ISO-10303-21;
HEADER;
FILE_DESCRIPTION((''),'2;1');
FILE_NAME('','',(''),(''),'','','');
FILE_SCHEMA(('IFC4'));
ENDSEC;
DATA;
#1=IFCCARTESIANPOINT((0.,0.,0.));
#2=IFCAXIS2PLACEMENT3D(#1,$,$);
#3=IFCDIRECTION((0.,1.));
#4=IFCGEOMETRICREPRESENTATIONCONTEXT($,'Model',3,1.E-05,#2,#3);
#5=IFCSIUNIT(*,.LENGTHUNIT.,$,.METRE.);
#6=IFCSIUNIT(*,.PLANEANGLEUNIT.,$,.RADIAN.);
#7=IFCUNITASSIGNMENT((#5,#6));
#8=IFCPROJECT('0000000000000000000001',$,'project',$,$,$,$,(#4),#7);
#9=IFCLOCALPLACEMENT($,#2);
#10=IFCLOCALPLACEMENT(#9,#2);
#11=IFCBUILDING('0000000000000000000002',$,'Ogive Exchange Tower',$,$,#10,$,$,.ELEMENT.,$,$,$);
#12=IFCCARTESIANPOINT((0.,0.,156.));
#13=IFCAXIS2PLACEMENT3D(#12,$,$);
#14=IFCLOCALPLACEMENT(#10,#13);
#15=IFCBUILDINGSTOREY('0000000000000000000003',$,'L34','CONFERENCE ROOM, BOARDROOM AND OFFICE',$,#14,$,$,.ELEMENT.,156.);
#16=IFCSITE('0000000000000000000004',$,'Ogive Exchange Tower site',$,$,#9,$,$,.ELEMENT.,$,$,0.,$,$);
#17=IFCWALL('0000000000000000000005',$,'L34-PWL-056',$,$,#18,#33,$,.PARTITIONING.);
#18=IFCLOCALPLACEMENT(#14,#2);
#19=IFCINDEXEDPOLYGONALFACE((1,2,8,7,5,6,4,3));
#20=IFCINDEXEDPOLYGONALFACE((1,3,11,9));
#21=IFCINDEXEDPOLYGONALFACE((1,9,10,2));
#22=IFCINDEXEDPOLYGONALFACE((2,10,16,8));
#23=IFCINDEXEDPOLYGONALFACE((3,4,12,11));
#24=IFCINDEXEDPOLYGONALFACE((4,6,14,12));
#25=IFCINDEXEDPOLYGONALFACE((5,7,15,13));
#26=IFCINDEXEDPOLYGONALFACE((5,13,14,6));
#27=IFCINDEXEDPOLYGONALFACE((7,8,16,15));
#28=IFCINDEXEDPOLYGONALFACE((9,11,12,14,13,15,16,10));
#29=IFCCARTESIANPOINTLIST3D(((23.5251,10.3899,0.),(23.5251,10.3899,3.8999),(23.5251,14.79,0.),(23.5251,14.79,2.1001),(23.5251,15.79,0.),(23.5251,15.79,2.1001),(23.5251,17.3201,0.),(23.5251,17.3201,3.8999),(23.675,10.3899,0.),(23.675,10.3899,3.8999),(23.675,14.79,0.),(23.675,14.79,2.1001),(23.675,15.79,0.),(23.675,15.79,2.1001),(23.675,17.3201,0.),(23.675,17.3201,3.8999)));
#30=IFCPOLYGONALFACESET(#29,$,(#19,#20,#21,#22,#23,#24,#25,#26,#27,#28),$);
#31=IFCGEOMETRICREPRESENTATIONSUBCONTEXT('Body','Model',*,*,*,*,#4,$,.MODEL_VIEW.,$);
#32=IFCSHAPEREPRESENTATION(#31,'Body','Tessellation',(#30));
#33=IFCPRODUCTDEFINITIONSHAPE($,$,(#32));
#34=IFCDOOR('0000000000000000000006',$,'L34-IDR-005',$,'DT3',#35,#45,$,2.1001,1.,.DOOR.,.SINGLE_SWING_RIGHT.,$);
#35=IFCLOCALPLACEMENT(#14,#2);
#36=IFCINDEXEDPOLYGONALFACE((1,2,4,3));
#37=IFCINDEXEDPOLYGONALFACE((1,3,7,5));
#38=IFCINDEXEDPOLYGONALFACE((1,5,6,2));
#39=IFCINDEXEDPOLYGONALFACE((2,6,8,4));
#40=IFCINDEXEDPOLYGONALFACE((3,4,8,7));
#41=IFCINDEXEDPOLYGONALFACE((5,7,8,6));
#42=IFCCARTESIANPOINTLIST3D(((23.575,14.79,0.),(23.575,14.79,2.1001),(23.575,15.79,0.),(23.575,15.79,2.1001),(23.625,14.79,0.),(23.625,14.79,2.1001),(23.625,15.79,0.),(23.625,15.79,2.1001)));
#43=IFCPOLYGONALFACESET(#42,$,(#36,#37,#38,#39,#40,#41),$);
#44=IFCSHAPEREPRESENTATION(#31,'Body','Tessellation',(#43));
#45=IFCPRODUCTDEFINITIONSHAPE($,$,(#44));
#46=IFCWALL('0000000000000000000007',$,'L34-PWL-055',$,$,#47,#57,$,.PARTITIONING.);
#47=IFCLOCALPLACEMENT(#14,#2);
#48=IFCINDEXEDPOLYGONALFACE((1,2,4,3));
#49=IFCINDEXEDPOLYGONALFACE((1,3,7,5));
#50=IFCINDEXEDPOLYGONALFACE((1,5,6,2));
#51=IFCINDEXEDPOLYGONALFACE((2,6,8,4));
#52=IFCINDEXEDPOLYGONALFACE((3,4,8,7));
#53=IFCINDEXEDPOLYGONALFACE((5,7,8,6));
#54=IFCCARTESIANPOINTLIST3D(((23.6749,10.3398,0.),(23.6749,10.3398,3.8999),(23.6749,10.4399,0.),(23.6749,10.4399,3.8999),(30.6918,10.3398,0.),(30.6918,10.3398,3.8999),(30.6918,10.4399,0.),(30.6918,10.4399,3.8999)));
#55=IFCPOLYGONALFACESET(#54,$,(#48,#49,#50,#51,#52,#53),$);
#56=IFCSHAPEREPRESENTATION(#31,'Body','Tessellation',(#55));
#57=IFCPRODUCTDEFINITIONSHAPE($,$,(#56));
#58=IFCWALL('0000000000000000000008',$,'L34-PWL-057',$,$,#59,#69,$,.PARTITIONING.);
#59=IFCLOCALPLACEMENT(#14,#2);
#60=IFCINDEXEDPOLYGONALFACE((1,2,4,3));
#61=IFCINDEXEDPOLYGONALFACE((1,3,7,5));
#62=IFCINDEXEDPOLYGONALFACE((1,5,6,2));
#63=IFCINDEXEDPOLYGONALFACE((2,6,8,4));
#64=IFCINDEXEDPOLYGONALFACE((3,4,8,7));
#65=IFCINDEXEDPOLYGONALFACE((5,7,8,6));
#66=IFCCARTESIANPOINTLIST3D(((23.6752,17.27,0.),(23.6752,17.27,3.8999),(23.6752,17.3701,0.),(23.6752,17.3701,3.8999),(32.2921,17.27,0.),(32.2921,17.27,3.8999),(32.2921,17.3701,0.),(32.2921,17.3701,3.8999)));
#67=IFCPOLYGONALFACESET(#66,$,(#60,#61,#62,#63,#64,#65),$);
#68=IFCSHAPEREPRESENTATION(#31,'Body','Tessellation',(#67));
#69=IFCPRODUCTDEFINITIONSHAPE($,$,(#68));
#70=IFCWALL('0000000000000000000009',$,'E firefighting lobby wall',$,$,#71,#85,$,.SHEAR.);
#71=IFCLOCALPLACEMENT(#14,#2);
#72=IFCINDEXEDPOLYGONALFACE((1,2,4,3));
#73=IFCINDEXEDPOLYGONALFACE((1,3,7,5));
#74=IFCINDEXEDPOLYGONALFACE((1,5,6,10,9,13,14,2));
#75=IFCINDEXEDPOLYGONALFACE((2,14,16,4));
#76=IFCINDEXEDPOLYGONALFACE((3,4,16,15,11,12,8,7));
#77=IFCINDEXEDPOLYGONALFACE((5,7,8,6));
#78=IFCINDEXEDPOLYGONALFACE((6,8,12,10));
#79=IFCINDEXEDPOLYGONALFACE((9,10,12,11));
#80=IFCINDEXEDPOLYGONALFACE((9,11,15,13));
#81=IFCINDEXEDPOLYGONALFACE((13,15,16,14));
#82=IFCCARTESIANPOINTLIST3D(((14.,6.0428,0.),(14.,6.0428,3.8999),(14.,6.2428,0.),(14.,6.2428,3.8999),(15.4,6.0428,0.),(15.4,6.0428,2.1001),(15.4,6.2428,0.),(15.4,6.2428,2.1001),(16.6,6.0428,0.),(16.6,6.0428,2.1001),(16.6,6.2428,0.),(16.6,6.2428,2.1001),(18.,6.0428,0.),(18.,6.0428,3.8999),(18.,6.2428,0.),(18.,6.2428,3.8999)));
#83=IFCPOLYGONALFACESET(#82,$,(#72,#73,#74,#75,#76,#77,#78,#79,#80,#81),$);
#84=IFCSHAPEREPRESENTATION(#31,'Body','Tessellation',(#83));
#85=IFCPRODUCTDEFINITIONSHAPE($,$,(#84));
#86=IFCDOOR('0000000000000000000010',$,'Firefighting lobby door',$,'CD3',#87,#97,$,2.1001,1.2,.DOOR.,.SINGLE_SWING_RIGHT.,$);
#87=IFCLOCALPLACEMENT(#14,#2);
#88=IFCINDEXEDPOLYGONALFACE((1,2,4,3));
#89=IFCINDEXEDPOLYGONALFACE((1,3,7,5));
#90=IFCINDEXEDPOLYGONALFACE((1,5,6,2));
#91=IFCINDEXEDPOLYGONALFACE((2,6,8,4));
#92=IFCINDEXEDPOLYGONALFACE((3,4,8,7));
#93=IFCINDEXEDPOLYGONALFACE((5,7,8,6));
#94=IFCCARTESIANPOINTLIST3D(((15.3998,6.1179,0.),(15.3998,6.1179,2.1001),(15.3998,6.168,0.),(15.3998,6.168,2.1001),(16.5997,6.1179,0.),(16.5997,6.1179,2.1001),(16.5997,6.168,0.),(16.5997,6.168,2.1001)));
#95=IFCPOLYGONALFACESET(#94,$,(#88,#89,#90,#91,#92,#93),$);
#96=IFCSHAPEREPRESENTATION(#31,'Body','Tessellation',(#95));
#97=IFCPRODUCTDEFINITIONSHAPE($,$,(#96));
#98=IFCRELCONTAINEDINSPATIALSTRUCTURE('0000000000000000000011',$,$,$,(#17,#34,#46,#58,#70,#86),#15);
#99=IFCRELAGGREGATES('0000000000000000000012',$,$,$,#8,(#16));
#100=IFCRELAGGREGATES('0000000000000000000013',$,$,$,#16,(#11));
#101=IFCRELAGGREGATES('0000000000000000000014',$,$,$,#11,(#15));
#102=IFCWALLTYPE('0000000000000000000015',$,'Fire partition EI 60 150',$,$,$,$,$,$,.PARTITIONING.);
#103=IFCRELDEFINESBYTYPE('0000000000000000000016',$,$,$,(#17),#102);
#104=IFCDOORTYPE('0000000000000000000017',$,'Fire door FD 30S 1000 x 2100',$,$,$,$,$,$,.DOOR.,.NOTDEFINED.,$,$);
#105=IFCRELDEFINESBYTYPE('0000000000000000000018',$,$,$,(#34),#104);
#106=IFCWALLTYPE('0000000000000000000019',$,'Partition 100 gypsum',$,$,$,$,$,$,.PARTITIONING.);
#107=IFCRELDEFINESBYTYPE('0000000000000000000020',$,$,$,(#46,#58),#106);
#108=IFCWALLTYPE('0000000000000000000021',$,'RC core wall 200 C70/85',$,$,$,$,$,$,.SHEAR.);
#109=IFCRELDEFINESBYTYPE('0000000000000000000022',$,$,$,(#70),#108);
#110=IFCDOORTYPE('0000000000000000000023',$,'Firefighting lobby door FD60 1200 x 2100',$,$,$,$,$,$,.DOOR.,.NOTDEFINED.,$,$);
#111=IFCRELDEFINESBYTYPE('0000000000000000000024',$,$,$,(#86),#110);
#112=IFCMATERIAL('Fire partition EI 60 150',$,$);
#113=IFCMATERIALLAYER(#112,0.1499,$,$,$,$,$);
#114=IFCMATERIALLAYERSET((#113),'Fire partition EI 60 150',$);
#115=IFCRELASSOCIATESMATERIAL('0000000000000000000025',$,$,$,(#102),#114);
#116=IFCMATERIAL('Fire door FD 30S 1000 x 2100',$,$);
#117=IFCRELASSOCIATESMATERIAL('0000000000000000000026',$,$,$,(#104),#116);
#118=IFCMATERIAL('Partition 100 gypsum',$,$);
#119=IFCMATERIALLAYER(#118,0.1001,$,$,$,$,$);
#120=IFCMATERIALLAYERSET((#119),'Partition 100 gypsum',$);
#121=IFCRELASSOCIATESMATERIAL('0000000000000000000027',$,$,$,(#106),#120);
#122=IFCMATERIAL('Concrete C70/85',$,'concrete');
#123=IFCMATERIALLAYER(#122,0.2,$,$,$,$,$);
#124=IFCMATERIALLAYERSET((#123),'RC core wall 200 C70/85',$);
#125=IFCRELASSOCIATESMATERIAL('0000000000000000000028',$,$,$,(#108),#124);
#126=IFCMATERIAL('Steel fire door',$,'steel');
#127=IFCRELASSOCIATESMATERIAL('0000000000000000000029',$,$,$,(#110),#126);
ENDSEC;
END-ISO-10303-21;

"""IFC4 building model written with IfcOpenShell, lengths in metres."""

from ifc_helpers import new_model, si_unit, direction, frame, frame_2d, origin, place, context, subcontext, project, spatial, rectangle, extrude, material, layer, layer_set, type_object, element, fill, save


model = new_model("IFC4")

# Units and contexts
model_context = context("Model", 3, precision=1e-05, world=origin(), true_north=direction((0.0, 1.0)))
body_context = subcontext(model_context, "Body", "Model", "MODEL_VIEW")
ifc_project = project(units=[si_unit("LENGTHUNIT", "METRE"), si_unit("PLANEANGLEUNIT", "RADIAN")], contexts=[model_context])

# Site, building, storey
site_placement = place(None, origin())
site = spatial("IfcSite", under=ifc_project, at=site_placement, Name="Ogive Exchange Tower site", CompositionType="ELEMENT", RefElevation=0.0)
building_placement = place(site_placement, origin())
building = spatial("IfcBuilding", under=site, at=building_placement, Name="Ogive Exchange Tower", CompositionType="ELEMENT")
storey_placement = place(building_placement, frame((0.0, 0.0, 156.0)))
storey = spatial("IfcBuildingStorey", under=building, at=storey_placement, Name="L34", Description="CONFERENCE ROOM, BOARDROOM AND OFFICE", CompositionType="ELEMENT", Elevation=156.0)

# Wall, opening, door
ifc_material_1 = material(Name="Fire partition EI 60 150")
ifc_layer_1 = layer(ifc_material_1, 0.1499)
ifc_layer_set_1 = layer_set([ifc_layer_1], Name="Fire partition EI 60 150")
wall_type_1 = type_object("IfcWallType", Name="Fire partition EI 60 150", PredefinedType="PARTITIONING", material=ifc_layer_set_1)
ifc_material_2 = material(Name="Fire door FD 30S 1000 x 2100")
door_type_1 = type_object("IfcDoorType", Name="Fire door FD 30S 1000 x 2100", OperationType="NOTDEFINED", PredefinedType="DOOR", material=ifc_material_2)
wall_1_placement = place(storey_placement, frame((23.6001, 17.3201, 0.0), z_axis=(0.0, 0.0, 1.0), x_axis=(0.0, -1.0, 0.0)))
wall_1 = element("IfcWall", 1, at=wall_1_placement, inside=storey, type_object=wall_type_1, Name="L34-PWL-056", PredefinedType="PARTITIONING", context=body_context, shape_type="SweptSolid", body=[
    extrude(rectangle(XDim=6.9302, YDim=0.1499, at=frame_2d((3.4651, 0.0))), origin(), (0.0, 0.0, 1.0), 3.8999),
])
opening_1_placement = place(wall_1_placement, frame((1.53, 0.0, 0.0)))
opening_1 = element("IfcOpeningElement", 2, at=opening_1_placement, cuts=wall_1, PredefinedType="OPENING", context=body_context, shape_type="SweptSolid", body=[
    extrude(rectangle(XDim=1.0, YDim=2.1001, at=frame_2d((0.5, 1.05))), frame((0.0, 0.085, 0.0), z_axis=(0.0, -1.0, 0.0), x_axis=(1.0, 0.0, 0.0)), (0.0, 0.0, 1.0), 0.1699),
])
door_1_placement = place(opening_1_placement, origin())
door_1 = element("IfcDoor", 3, at=door_1_placement, inside=storey, type_object=door_type_1, Name="L34-IDR-005", ObjectType="DT3", OperationType="SINGLE_SWING_RIGHT", OverallHeight=2.1001, OverallWidth=1.0, PredefinedType="DOOR", context=body_context, shape_type="SweptSolid", body=[
    extrude(rectangle(XDim=1.0, YDim=2.1001, at=frame_2d((0.5, 1.05))), frame((0.0, 0.0249, 0.0), z_axis=(0.0, -1.0, 0.0), x_axis=(1.0, 0.0, 0.0)), (0.0, 0.0, 1.0), 0.05),
])
fill(opening_1, door_1)

# Walls
ifc_material_3 = material(Name="Partition 100 gypsum")
ifc_layer_2 = layer(ifc_material_3, 0.1001)
ifc_layer_set_2 = layer_set([ifc_layer_2], Name="Partition 100 gypsum")
wall_type_2 = type_object("IfcWallType", Name="Partition 100 gypsum", PredefinedType="PARTITIONING", material=ifc_layer_set_2)
wall_2_placement = place(storey_placement, frame((23.675, 10.3899, 0.0), z_axis=(0.0, 0.0, 1.0), x_axis=(1.0, 0.0, 0.0)))
element("IfcWall", 4, at=wall_2_placement, inside=storey, type_object=wall_type_2, Name="L34-PWL-055", PredefinedType="PARTITIONING", context=body_context, shape_type="SweptSolid", body=[
    extrude(rectangle(XDim=7.0168, YDim=0.1001, at=frame_2d((3.5083, 0.0))), origin(), (0.0, 0.0, 1.0), 3.8999),
])
wall_3_placement = place(storey_placement, frame((23.675, 17.3201, 0.0), z_axis=(0.0, 0.0, 1.0), x_axis=(1.0, 0.0, 0.0)))
element("IfcWall", 5, at=wall_3_placement, inside=storey, type_object=wall_type_2, Name="L34-PWL-057", PredefinedType="PARTITIONING", context=body_context, shape_type="SweptSolid", body=[
    extrude(rectangle(XDim=8.6169, YDim=0.1001, at=frame_2d((4.3086, 0.0))), origin(), (0.0, 0.0, 1.0), 3.8999),
])

# Wall, opening, door
ifc_material_4 = material(Name="Concrete C70/85", Category="concrete")
ifc_layer_3 = layer(ifc_material_4, 0.2)
ifc_layer_set_3 = layer_set([ifc_layer_3], Name="RC core wall 200 C70/85")
wall_type_3 = type_object("IfcWallType", Name="RC core wall 200 C70/85", PredefinedType="SHEAR", material=ifc_layer_set_3)
wall_4_placement = place(storey_placement, frame((14.0, 6.1428, 0.0), z_axis=(0.0, 0.0, 1.0), x_axis=(1.0, 0.0, 0.0)))
wall_4 = element("IfcWall", 6, at=wall_4_placement, inside=storey, type_object=wall_type_3, Name="E firefighting lobby wall", PredefinedType="SHEAR", context=body_context, shape_type="SweptSolid", body=[
    extrude(rectangle(XDim=4.0, YDim=0.2, at=frame_2d((2.0, 0.0))), origin(), (0.0, 0.0, 1.0), 3.8999),
])
opening_2_placement = place(wall_4_placement, frame((1.3999, 0.0, 0.0)))
opening_2 = element("IfcOpeningElement", 7, at=opening_2_placement, cuts=wall_4, PredefinedType="OPENING", context=body_context, shape_type="SweptSolid", body=[
    extrude(rectangle(XDim=1.2, YDim=2.1001, at=frame_2d((0.6001, 1.05))), frame((0.0, 0.1099, 0.0), z_axis=(0.0, -1.0, 0.0), x_axis=(1.0, 0.0, 0.0)), (0.0, 0.0, 1.0), 0.22),
])
ifc_material_5 = material(Name="Steel fire door", Category="steel")
door_type_2 = type_object("IfcDoorType", Name="Firefighting lobby door FD60 1200 x 2100", OperationType="NOTDEFINED", PredefinedType="DOOR", material=ifc_material_5)
door_2_placement = place(opening_2_placement, frame((1.2, 0.0, 0.0), z_axis=(0.0, 0.0, 1.0), x_axis=(-1.0, 0.0, 0.0)))
door_2 = element("IfcDoor", 8, at=door_2_placement, inside=storey, type_object=door_type_2, Name="Firefighting lobby door", ObjectType="CD3", OperationType="SINGLE_SWING_RIGHT", OverallHeight=2.1001, OverallWidth=1.2, PredefinedType="DOOR", context=body_context, shape_type="SweptSolid", body=[
    extrude(rectangle(XDim=1.2, YDim=2.1001, at=frame_2d((0.6001, 1.05))), frame((0.0, 0.0249, 0.0), z_axis=(0.0, -1.0, 0.0), x_axis=(1.0, 0.0, 0.0)), (0.0, 0.0, 1.0), 0.05),
])
fill(opening_2, door_2)

save(model, "model.ifc")
